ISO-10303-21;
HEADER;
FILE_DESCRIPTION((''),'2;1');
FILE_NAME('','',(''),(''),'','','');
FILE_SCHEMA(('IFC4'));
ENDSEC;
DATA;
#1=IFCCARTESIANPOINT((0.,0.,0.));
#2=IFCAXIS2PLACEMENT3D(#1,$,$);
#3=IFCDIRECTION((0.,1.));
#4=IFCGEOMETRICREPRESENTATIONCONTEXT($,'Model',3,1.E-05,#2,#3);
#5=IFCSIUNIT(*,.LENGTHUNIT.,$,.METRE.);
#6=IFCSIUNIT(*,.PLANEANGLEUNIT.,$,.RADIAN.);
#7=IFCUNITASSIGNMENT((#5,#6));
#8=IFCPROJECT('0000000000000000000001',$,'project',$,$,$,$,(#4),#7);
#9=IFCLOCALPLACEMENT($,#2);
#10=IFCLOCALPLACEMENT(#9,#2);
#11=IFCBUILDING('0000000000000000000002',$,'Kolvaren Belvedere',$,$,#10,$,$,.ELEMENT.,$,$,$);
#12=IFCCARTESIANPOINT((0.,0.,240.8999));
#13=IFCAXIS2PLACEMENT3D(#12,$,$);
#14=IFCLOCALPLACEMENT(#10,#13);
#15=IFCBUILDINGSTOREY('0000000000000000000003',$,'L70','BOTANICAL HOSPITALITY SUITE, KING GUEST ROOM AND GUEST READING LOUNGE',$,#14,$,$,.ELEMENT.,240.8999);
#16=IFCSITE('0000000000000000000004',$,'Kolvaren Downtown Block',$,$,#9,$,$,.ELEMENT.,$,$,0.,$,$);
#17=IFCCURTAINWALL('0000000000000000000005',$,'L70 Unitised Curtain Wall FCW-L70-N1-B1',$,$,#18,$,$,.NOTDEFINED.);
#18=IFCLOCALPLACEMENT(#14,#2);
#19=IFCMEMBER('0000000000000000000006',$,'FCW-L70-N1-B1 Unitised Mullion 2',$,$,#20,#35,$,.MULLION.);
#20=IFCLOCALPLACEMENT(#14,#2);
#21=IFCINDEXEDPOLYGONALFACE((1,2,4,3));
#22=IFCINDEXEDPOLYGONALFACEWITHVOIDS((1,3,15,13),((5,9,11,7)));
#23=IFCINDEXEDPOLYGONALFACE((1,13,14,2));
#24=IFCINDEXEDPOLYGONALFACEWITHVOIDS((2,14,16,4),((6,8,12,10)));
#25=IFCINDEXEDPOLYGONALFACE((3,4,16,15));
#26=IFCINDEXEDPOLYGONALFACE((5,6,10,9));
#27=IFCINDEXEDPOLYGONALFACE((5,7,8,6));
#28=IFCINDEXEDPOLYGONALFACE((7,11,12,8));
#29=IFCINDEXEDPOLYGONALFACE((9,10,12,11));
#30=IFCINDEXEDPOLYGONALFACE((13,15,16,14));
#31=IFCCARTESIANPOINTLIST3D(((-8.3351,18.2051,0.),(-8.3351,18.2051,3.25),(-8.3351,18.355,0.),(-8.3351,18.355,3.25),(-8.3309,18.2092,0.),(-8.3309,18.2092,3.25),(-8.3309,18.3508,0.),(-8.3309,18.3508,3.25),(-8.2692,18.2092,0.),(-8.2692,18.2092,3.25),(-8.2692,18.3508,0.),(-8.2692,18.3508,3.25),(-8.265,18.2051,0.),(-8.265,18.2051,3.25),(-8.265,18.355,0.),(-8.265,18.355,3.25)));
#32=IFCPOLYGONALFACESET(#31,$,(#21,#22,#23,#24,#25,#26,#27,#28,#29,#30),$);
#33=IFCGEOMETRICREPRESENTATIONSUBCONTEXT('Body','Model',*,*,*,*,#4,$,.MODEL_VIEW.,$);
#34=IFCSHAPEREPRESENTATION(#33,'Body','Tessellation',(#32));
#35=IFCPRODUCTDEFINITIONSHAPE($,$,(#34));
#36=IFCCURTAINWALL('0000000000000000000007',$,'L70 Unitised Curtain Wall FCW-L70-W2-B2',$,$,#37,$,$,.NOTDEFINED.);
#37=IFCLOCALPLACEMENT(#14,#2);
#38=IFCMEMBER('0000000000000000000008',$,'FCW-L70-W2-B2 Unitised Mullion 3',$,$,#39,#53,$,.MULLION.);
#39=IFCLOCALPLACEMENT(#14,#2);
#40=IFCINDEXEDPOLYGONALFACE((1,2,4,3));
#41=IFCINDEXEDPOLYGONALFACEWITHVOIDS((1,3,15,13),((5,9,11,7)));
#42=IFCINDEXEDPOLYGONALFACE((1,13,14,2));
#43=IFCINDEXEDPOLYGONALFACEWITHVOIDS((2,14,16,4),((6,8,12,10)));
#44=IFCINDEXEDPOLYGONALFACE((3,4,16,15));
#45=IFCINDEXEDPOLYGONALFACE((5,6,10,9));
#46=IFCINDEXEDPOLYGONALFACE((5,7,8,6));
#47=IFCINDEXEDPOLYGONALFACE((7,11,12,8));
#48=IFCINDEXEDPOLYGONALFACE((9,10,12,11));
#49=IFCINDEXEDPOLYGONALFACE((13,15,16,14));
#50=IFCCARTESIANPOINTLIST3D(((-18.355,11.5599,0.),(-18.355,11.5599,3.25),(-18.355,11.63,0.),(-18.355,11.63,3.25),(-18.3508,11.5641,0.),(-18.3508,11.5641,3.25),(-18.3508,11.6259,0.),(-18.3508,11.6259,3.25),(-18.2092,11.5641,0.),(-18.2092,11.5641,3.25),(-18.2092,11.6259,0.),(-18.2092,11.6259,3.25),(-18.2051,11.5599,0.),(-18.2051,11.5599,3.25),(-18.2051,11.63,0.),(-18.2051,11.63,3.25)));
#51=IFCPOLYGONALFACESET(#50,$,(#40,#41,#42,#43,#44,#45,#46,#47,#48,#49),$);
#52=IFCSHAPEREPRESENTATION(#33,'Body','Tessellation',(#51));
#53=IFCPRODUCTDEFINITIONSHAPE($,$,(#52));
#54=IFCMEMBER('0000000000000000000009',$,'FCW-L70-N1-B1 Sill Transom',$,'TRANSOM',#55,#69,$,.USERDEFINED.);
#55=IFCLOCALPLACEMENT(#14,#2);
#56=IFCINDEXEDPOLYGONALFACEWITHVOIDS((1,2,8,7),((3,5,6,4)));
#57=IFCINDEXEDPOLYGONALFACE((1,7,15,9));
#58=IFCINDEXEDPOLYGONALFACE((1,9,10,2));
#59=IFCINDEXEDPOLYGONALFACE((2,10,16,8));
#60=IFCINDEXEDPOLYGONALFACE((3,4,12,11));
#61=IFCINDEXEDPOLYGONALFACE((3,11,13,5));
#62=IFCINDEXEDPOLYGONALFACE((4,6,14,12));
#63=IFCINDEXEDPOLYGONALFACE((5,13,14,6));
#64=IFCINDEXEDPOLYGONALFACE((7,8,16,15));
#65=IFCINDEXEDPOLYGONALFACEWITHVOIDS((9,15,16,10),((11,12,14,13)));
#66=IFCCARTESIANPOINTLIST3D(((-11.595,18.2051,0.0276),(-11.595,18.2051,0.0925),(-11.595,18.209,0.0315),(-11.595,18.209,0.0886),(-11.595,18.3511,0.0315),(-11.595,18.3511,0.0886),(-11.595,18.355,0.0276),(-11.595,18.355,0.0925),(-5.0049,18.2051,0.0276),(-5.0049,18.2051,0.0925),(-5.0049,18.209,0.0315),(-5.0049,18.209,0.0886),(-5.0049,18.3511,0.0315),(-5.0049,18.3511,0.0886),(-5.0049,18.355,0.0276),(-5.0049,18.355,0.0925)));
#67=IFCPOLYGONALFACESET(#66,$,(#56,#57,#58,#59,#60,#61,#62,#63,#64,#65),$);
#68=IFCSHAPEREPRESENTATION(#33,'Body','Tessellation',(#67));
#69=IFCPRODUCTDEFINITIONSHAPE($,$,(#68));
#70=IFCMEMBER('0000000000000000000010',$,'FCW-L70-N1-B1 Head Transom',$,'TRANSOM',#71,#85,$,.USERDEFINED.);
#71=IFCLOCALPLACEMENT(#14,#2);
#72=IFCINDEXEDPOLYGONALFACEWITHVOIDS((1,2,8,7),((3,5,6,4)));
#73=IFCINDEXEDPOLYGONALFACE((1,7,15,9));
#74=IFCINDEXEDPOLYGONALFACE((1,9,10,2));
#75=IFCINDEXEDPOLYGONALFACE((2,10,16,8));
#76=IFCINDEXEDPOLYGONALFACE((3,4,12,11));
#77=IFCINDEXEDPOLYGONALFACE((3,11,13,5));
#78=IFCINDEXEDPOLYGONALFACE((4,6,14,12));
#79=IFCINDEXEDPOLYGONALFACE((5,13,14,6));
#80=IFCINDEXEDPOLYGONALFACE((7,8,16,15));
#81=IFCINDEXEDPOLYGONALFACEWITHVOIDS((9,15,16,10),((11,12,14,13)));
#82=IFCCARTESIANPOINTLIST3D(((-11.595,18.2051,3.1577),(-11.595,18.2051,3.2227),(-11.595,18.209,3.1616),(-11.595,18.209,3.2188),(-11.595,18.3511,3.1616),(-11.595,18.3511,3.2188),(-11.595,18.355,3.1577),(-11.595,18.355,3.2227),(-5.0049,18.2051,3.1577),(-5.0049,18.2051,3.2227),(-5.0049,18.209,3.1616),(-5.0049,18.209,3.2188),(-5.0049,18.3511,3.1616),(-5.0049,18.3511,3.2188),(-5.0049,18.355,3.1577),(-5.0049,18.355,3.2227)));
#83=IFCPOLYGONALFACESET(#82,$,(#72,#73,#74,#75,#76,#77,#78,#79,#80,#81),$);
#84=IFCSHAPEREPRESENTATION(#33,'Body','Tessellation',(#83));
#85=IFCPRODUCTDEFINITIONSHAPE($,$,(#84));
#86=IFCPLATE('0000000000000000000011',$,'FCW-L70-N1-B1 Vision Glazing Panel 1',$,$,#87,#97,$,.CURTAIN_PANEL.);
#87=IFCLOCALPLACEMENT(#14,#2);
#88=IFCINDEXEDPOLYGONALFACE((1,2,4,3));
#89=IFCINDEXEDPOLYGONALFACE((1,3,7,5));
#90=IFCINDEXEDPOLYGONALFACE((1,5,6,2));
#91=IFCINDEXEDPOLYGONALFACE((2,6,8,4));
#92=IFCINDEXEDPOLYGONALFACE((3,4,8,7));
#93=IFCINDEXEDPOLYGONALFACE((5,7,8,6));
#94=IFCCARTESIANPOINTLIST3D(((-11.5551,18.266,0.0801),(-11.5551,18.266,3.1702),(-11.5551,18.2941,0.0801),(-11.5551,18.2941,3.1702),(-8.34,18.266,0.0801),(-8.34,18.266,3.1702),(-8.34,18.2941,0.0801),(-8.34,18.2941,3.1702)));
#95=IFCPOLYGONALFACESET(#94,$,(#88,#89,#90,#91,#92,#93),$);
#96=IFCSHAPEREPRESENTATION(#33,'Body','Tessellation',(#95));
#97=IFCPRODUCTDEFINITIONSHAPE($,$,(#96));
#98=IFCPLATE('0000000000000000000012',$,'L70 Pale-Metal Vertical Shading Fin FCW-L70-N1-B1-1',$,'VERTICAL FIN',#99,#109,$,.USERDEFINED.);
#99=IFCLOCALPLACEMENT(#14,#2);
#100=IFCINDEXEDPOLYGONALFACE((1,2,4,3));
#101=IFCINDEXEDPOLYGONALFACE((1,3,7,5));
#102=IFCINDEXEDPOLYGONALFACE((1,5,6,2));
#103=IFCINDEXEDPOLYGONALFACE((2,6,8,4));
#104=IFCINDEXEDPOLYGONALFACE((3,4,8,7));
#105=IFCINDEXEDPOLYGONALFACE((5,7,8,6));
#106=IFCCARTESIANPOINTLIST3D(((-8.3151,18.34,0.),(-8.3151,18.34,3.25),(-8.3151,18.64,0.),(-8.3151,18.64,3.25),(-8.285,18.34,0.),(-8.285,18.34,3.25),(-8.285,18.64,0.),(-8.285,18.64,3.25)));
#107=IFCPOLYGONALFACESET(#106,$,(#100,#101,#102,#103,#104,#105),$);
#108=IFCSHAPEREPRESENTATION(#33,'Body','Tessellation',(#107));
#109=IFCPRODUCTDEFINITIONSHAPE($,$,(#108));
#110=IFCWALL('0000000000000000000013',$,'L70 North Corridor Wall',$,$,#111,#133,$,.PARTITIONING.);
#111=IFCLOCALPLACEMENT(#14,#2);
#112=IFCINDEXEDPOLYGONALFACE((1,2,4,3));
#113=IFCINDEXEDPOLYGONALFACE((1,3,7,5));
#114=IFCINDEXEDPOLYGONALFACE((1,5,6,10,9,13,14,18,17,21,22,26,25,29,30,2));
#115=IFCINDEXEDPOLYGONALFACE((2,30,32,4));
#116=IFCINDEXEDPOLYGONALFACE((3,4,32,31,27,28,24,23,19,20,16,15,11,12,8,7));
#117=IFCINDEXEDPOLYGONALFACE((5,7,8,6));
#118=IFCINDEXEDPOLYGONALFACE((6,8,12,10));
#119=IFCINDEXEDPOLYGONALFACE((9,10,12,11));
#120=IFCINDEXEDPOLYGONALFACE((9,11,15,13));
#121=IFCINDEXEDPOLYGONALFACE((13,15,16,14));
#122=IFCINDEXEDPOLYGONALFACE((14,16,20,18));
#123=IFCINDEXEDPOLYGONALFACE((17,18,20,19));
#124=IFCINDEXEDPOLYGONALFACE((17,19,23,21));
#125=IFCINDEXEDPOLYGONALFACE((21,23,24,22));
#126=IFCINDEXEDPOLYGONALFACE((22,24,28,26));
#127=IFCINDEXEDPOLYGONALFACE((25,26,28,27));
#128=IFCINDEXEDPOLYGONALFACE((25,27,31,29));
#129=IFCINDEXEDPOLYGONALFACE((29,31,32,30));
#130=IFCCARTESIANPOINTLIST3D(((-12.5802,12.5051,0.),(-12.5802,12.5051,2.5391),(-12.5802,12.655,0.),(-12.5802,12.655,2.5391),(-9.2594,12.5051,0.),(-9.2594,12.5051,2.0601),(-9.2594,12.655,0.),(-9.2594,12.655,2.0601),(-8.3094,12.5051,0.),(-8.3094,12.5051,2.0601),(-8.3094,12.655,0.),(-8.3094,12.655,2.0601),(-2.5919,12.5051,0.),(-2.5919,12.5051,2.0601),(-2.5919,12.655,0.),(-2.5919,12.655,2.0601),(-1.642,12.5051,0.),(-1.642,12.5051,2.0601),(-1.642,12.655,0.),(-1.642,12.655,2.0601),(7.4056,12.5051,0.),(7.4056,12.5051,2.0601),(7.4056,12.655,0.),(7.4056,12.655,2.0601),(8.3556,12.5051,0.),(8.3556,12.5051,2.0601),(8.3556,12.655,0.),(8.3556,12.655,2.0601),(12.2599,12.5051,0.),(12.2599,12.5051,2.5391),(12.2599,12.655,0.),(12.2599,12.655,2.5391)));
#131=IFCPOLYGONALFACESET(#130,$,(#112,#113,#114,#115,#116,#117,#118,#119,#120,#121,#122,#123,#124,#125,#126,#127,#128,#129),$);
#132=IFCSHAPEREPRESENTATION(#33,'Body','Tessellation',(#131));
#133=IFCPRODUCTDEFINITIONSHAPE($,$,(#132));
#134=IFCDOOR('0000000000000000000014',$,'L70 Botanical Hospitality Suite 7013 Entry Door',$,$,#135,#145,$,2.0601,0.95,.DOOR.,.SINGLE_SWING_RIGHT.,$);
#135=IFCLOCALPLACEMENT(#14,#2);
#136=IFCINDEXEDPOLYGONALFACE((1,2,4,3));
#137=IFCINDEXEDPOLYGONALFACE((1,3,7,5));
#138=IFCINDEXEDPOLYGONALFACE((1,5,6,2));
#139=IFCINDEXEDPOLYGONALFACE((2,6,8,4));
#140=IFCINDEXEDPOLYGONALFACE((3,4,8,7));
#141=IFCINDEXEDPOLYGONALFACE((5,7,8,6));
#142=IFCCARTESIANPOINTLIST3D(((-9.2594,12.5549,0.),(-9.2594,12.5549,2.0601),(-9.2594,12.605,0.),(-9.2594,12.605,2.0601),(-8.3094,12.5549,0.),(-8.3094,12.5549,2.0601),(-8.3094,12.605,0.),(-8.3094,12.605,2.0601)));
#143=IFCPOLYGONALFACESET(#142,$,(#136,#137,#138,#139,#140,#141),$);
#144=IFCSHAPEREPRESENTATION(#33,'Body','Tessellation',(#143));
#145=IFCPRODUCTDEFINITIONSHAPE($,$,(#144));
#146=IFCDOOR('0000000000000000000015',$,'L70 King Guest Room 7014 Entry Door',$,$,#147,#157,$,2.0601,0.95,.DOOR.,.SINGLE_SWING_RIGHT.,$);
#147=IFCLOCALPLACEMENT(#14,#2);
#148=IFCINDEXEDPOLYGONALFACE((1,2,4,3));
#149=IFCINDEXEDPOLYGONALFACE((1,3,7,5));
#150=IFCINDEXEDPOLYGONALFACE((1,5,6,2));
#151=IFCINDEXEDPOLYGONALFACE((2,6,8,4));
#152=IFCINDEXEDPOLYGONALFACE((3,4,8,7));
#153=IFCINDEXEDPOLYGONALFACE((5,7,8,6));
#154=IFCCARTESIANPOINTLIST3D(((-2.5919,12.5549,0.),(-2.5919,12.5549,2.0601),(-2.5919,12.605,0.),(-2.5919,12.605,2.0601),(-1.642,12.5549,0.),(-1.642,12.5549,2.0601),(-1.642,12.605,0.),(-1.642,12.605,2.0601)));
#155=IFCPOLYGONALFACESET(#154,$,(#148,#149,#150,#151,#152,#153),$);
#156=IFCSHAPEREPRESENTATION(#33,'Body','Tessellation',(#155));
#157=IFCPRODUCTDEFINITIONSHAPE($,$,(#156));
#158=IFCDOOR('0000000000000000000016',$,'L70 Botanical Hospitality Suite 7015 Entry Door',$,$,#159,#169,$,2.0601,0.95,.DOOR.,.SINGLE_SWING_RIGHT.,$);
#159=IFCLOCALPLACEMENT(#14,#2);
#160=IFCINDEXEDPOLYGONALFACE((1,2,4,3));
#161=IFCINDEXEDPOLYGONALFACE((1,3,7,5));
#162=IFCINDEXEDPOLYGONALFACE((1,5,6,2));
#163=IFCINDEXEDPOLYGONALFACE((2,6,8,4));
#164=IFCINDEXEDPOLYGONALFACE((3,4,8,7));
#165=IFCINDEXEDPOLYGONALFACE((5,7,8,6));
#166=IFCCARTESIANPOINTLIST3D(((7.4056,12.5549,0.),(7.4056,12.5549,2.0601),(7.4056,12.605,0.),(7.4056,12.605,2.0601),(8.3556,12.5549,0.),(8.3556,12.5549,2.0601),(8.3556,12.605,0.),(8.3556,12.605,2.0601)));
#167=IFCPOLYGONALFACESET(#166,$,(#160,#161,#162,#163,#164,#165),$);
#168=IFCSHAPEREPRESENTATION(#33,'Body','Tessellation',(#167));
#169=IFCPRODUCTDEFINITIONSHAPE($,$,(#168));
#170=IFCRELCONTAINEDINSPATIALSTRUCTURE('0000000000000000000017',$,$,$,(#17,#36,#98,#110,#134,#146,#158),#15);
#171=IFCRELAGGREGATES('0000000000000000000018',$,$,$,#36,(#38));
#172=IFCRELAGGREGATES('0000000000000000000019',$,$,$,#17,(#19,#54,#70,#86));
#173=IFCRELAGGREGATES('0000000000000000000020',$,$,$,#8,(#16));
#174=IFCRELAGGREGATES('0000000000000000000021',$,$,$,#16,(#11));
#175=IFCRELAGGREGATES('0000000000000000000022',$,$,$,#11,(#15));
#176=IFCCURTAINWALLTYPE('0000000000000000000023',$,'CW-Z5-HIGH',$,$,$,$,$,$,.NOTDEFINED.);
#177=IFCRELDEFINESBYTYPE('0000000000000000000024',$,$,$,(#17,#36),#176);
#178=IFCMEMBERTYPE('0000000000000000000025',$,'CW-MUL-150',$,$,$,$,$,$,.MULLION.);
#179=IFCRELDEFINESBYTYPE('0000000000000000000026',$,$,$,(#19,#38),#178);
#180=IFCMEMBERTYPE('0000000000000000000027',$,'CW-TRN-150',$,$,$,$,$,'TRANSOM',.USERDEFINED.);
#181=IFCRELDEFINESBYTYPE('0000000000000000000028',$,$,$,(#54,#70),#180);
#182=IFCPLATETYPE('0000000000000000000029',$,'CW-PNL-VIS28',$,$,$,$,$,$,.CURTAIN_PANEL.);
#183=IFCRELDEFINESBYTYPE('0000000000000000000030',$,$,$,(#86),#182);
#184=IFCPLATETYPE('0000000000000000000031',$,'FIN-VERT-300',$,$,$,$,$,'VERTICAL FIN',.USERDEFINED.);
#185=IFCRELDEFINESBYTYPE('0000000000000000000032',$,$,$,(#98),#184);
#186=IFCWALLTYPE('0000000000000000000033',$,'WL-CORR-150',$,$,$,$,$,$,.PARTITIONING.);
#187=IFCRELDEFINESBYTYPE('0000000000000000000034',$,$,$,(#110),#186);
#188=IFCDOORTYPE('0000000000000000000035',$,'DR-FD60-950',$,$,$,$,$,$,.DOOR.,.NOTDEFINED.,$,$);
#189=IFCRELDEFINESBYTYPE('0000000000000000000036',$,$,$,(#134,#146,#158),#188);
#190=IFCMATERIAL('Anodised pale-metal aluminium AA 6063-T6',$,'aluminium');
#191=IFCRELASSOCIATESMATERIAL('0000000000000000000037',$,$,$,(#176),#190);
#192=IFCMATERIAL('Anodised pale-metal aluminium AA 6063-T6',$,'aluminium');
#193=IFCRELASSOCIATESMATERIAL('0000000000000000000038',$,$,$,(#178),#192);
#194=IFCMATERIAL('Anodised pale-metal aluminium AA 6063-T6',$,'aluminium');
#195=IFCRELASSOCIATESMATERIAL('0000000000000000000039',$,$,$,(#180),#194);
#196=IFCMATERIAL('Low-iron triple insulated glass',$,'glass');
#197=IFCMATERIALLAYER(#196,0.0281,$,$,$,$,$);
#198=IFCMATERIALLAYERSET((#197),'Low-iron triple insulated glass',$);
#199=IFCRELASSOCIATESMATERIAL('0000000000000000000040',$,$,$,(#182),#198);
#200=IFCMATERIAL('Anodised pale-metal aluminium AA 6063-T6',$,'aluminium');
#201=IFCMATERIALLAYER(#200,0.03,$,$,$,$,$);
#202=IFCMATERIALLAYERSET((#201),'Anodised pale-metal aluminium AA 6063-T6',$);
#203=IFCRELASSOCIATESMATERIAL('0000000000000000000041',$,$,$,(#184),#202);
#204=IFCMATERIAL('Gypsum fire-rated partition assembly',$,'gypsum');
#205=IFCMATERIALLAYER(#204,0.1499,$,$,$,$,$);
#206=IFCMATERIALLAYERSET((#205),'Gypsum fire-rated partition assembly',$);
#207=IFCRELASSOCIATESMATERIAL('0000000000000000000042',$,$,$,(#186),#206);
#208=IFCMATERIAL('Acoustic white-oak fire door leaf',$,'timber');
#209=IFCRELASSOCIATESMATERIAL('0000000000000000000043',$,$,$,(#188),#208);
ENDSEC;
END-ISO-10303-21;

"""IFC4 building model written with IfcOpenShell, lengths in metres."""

from ifc_helpers import new_model, si_unit, direction, frame, frame_2d, origin, origin_2d, place, context, subcontext, project, spatial, rectangle, hollow_rectangle, extrude, material, layer, layer_set, material_profile, profile_set, type_object, element, fill, aggregate, save


model = new_model("IFC4")

# Units and contexts
model_context = context("Model", 3, precision=1e-05, world=origin(), true_north=direction((0.0, 1.0)))
body_context = subcontext(model_context, "Body", "Model", "MODEL_VIEW")
ifc_project = project(units=[si_unit("LENGTHUNIT", "METRE"), si_unit("PLANEANGLEUNIT", "RADIAN")], contexts=[model_context])

# Site, building, storey
site_placement = place(None, origin())
site = spatial("IfcSite", under=ifc_project, at=site_placement, Name="Kolvaren Downtown Block", CompositionType="ELEMENT", RefElevation=0.0)
building_placement = place(site_placement, origin())
building = spatial("IfcBuilding", under=site, at=building_placement, Name="Kolvaren Belvedere", CompositionType="ELEMENT")
storey_placement = place(building_placement, frame((0.0, 0.0, 240.8999)))
storey = spatial("IfcBuildingStorey", under=building, at=storey_placement, Name="L70", Description="BOTANICAL HOSPITALITY SUITE, KING GUEST ROOM AND GUEST READING LOUNGE", CompositionType="ELEMENT", Elevation=240.8999)

# Curtain wall, member
ifc_material_1 = material(Name="Anodised pale-metal aluminium AA 6063-T6", Category="aluminium")
curtain_wall_type = type_object("IfcCurtainWallType", Name="CW-Z5-HIGH", PredefinedType="NOTDEFINED", material=ifc_material_1)
curtain_wall_1_placement = place(storey_placement, origin())
curtain_wall_1 = element("IfcCurtainWall", 1, at=curtain_wall_1_placement, inside=storey, type_object=curtain_wall_type, Name="L70 Unitised Curtain Wall FCW-L70-N1-B1", PredefinedType="NOTDEFINED")
ifc_material_2 = material(Name="Anodised pale-metal aluminium AA 6063-T6", Category="aluminium")
ifc_material_profile_1 = material_profile(ifc_material_2, hollow_rectangle(XDim=0.0701, YDim=0.1499, WallThickness=0.0042, at=origin_2d()), Name="ALU-MUL-150X70")
ifc_profile_set_1 = profile_set([ifc_material_profile_1], Name="Anodised pale-metal aluminium AA 6063-T6")
member_type_1 = type_object("IfcMemberType", Name="CW-MUL-150", PredefinedType="MULLION", material=ifc_profile_set_1)
member_1_placement = place(storey_placement, frame((-8.3, 18.28, 0.0), z_axis=(0.0, 0.0, 1.0), x_axis=(1.0, 0.0, 0.0)))
member_1 = element("IfcMember", 2, at=member_1_placement, type_object=member_type_1, Name="FCW-L70-N1-B1 Unitised Mullion 2", PredefinedType="MULLION", context=body_context, shape_type="SweptSolid", body=[
    extrude(hollow_rectangle(XDim=0.0701, YDim=0.1499, WallThickness=0.0042, at=origin_2d()), origin(), (0.0, 0.0, 1.0), 3.25),
])

# Curtain wall, member
curtain_wall_2_placement = place(storey_placement, origin())
curtain_wall_2 = element("IfcCurtainWall", 3, at=curtain_wall_2_placement, inside=storey, type_object=curtain_wall_type, Name="L70 Unitised Curtain Wall FCW-L70-W2-B2", PredefinedType="NOTDEFINED")
member_2_placement = place(storey_placement, frame((-18.28, 11.595, 0.0), z_axis=(0.0, 0.0, 1.0), x_axis=(0.0, 1.0, 0.0)))
member_2 = element("IfcMember", 4, at=member_2_placement, type_object=member_type_1, Name="FCW-L70-W2-B2 Unitised Mullion 3", PredefinedType="MULLION", context=body_context, shape_type="SweptSolid", body=[
    extrude(hollow_rectangle(XDim=0.0701, YDim=0.1499, WallThickness=0.0042, at=origin_2d()), origin(), (0.0, 0.0, 1.0), 3.25),
])
aggregate(curtain_wall_2, [member_2])

# Members
ifc_material_3 = material(Name="Anodised pale-metal aluminium AA 6063-T6", Category="aluminium")
ifc_material_profile_2 = material_profile(ifc_material_3, hollow_rectangle(XDim=0.0649, YDim=0.1499, WallThickness=0.0039, at=origin_2d()), Name="ALU-TRN-150X65")
ifc_profile_set_2 = profile_set([ifc_material_profile_2], Name="Anodised pale-metal aluminium AA 6063-T6")
member_type_2 = type_object("IfcMemberType", Name="CW-TRN-150", ElementType="TRANSOM", PredefinedType="USERDEFINED", material=ifc_profile_set_2)
member_3_placement = place(storey_placement, frame((-11.595, 18.28, 0.0601), z_axis=(1.0, 0.0, 0.0), x_axis=(0.0, 0.0, 1.0)))
member_3 = element("IfcMember", 5, at=member_3_placement, type_object=member_type_2, Name="FCW-L70-N1-B1 Sill Transom", ObjectType="TRANSOM", PredefinedType="USERDEFINED", context=body_context, shape_type="SweptSolid", body=[
    extrude(hollow_rectangle(XDim=0.0649, YDim=0.1499, WallThickness=0.0039, at=origin_2d()), origin(), (0.0, 0.0, 1.0), 6.5901),
])
member_4_placement = place(storey_placement, frame((-11.595, 18.28, 3.1902), z_axis=(1.0, 0.0, 0.0), x_axis=(0.0, 0.0, 1.0)))
member_4 = element("IfcMember", 6, at=member_4_placement, type_object=member_type_2, Name="FCW-L70-N1-B1 Head Transom", ObjectType="TRANSOM", PredefinedType="USERDEFINED", context=body_context, shape_type="SweptSolid", body=[
    extrude(hollow_rectangle(XDim=0.0649, YDim=0.1499, WallThickness=0.0039, at=origin_2d()), origin(), (0.0, 0.0, 1.0), 6.5901),
])

# Plates
ifc_material_4 = material(Name="Low-iron triple insulated glass", Category="glass")
ifc_layer_1 = layer(ifc_material_4, 0.0281)
ifc_layer_set_1 = layer_set([ifc_layer_1], Name="Low-iron triple insulated glass")
plate_type_1 = type_object("IfcPlateType", Name="CW-PNL-VIS28", PredefinedType="CURTAIN_PANEL", material=ifc_layer_set_1)
plate_1_placement = place(storey_placement, frame((-9.9475, 18.28, 0.0801), z_axis=(0.0, 0.0, 1.0), x_axis=(1.0, 0.0, 0.0)))
plate_1 = element("IfcPlate", 7, at=plate_1_placement, type_object=plate_type_1, Name="FCW-L70-N1-B1 Vision Glazing Panel 1", PredefinedType="CURTAIN_PANEL", context=body_context, shape_type="SweptSolid", body=[
    extrude(rectangle(XDim=3.2151, YDim=0.0281, at=origin_2d()), origin(), (0.0, 0.0, 1.0), 3.0901),
])
aggregate(curtain_wall_1, [member_1, member_3, member_4, plate_1])
ifc_material_5 = material(Name="Anodised pale-metal aluminium AA 6063-T6", Category="aluminium")
ifc_layer_2 = layer(ifc_material_5, 0.03)
ifc_layer_set_2 = layer_set([ifc_layer_2], Name="Anodised pale-metal aluminium AA 6063-T6")
plate_type_2 = type_object("IfcPlateType", Name="FIN-VERT-300", ElementType="VERTICAL FIN", PredefinedType="USERDEFINED", material=ifc_layer_set_2)
plate_2_placement = place(storey_placement, frame((-8.3, 18.49, 0.0), z_axis=(0.0, 0.0, 1.0), x_axis=(0.0, 1.0, 0.0)))
element("IfcPlate", 8, at=plate_2_placement, inside=storey, type_object=plate_type_2, Name="L70 Pale-Metal Vertical Shading Fin FCW-L70-N1-B1-1", ObjectType="VERTICAL FIN", PredefinedType="USERDEFINED", context=body_context, shape_type="SweptSolid", body=[
    extrude(rectangle(XDim=0.3, YDim=0.03, at=origin_2d()), origin(), (0.0, 0.0, 1.0), 3.25),
])

# Wall, openings, doors
ifc_material_6 = material(Name="Gypsum fire-rated partition assembly", Category="gypsum")
ifc_layer_3 = layer(ifc_material_6, 0.1499)
ifc_layer_set_3 = layer_set([ifc_layer_3], Name="Gypsum fire-rated partition assembly")
wall_type_1 = type_object("IfcWallType", Name="WL-CORR-150", PredefinedType="PARTITIONING", material=ifc_layer_set_3)
wall_1_placement = place(storey_placement, frame((-12.5801, 12.5801, 0.0), z_axis=(0.0, 0.0, 1.0), x_axis=(1.0, 0.0, 0.0)))
wall_1 = element("IfcWall", 9, at=wall_1_placement, inside=storey, type_object=wall_type_1, Name="L70 North Corridor Wall", PredefinedType="PARTITIONING", context=body_context, shape_type="SweptSolid", body=[
    extrude(rectangle(XDim=24.8401, YDim=0.1499, at=frame_2d((12.4199, 0.0))), origin(), (0.0, 0.0, 1.0), 2.5391),
])
opening_1_placement = place(wall_1_placement, frame((3.3206, 0.0, 0.0)))
opening_1 = element("IfcOpeningElement", 10, at=opening_1_placement, cuts=wall_1, PredefinedType="OPENING", context=body_context, shape_type="SweptSolid", body=[
    extrude(rectangle(XDim=0.95, YDim=2.0601, at=frame_2d((0.4751, 1.03))), frame((0.0, 0.085, 0.0), z_axis=(0.0, -1.0, 0.0), x_axis=(1.0, 0.0, 0.0)), (0.0, 0.0, 1.0), 0.1699),
])
opening_2_placement = place(wall_1_placement, frame((9.988, 0.0, 0.0)))
opening_2 = element("IfcOpeningElement", 11, at=opening_2_placement, cuts=wall_1, PredefinedType="OPENING", context=body_context, shape_type="SweptSolid", body=[
    extrude(rectangle(XDim=0.95, YDim=2.0601, at=frame_2d((0.4751, 1.03))), frame((0.0, 0.085, 0.0), z_axis=(0.0, -1.0, 0.0), x_axis=(1.0, 0.0, 0.0)), (0.0, 0.0, 1.0), 0.1699),
])
opening_3_placement = place(wall_1_placement, frame((19.9856, 0.0, 0.0)))
opening_3 = element("IfcOpeningElement", 12, at=opening_3_placement, cuts=wall_1, PredefinedType="OPENING", context=body_context, shape_type="SweptSolid", body=[
    extrude(rectangle(XDim=0.95, YDim=2.0601, at=frame_2d((0.4751, 1.03))), frame((0.0, 0.085, 0.0), z_axis=(0.0, -1.0, 0.0), x_axis=(1.0, 0.0, 0.0)), (0.0, 0.0, 1.0), 0.1699),
])
ifc_material_7 = material(Name="Acoustic white-oak fire door leaf", Category="timber")
door_type_1 = type_object("IfcDoorType", Name="DR-FD60-950", OperationType="NOTDEFINED", PredefinedType="DOOR", material=ifc_material_7)
door_1_placement = place(opening_1_placement, origin())
door_1 = element("IfcDoor", 13, at=door_1_placement, inside=storey, type_object=door_type_1, Name="L70 Botanical Hospitality Suite 7013 Entry Door", OperationType="SINGLE_SWING_RIGHT", OverallHeight=2.0601, OverallWidth=0.95, PredefinedType="DOOR", context=body_context, shape_type="SweptSolid", body=[
    extrude(rectangle(XDim=0.95, YDim=2.0601, at=frame_2d((0.4751, 1.03))), frame((0.0, 0.0249, 0.0), z_axis=(0.0, -1.0, 0.0), x_axis=(1.0, 0.0, 0.0)), (0.0, 0.0, 1.0), 0.05),
])
fill(opening_1, door_1)
door_2_placement = place(opening_2_placement, origin())
door_2 = element("IfcDoor", 14, at=door_2_placement, inside=storey, type_object=door_type_1, Name="L70 King Guest Room 7014 Entry Door", OperationType="SINGLE_SWING_RIGHT", OverallHeight=2.0601, OverallWidth=0.95, PredefinedType="DOOR", context=body_context, shape_type="SweptSolid", body=[
    extrude(rectangle(XDim=0.95, YDim=2.0601, at=frame_2d((0.4751, 1.03))), frame((0.0, 0.0249, 0.0), z_axis=(0.0, -1.0, 0.0), x_axis=(1.0, 0.0, 0.0)), (0.0, 0.0, 1.0), 0.05),
])
fill(opening_2, door_2)
door_3_placement = place(opening_3_placement, origin())
door_3 = element("IfcDoor", 15, at=door_3_placement, inside=storey, type_object=door_type_1, Name="L70 Botanical Hospitality Suite 7015 Entry Door", OperationType="SINGLE_SWING_RIGHT", OverallHeight=2.0601, OverallWidth=0.95, PredefinedType="DOOR", context=body_context, shape_type="SweptSolid", body=[
    extrude(rectangle(XDim=0.95, YDim=2.0601, at=frame_2d((0.4751, 1.03))), frame((0.0, 0.0249, 0.0), z_axis=(0.0, -1.0, 0.0), x_axis=(1.0, 0.0, 0.0)), (0.0, 0.0, 1.0), 0.05),
])
fill(opening_3, door_3)

save(model, "model.ifc")
